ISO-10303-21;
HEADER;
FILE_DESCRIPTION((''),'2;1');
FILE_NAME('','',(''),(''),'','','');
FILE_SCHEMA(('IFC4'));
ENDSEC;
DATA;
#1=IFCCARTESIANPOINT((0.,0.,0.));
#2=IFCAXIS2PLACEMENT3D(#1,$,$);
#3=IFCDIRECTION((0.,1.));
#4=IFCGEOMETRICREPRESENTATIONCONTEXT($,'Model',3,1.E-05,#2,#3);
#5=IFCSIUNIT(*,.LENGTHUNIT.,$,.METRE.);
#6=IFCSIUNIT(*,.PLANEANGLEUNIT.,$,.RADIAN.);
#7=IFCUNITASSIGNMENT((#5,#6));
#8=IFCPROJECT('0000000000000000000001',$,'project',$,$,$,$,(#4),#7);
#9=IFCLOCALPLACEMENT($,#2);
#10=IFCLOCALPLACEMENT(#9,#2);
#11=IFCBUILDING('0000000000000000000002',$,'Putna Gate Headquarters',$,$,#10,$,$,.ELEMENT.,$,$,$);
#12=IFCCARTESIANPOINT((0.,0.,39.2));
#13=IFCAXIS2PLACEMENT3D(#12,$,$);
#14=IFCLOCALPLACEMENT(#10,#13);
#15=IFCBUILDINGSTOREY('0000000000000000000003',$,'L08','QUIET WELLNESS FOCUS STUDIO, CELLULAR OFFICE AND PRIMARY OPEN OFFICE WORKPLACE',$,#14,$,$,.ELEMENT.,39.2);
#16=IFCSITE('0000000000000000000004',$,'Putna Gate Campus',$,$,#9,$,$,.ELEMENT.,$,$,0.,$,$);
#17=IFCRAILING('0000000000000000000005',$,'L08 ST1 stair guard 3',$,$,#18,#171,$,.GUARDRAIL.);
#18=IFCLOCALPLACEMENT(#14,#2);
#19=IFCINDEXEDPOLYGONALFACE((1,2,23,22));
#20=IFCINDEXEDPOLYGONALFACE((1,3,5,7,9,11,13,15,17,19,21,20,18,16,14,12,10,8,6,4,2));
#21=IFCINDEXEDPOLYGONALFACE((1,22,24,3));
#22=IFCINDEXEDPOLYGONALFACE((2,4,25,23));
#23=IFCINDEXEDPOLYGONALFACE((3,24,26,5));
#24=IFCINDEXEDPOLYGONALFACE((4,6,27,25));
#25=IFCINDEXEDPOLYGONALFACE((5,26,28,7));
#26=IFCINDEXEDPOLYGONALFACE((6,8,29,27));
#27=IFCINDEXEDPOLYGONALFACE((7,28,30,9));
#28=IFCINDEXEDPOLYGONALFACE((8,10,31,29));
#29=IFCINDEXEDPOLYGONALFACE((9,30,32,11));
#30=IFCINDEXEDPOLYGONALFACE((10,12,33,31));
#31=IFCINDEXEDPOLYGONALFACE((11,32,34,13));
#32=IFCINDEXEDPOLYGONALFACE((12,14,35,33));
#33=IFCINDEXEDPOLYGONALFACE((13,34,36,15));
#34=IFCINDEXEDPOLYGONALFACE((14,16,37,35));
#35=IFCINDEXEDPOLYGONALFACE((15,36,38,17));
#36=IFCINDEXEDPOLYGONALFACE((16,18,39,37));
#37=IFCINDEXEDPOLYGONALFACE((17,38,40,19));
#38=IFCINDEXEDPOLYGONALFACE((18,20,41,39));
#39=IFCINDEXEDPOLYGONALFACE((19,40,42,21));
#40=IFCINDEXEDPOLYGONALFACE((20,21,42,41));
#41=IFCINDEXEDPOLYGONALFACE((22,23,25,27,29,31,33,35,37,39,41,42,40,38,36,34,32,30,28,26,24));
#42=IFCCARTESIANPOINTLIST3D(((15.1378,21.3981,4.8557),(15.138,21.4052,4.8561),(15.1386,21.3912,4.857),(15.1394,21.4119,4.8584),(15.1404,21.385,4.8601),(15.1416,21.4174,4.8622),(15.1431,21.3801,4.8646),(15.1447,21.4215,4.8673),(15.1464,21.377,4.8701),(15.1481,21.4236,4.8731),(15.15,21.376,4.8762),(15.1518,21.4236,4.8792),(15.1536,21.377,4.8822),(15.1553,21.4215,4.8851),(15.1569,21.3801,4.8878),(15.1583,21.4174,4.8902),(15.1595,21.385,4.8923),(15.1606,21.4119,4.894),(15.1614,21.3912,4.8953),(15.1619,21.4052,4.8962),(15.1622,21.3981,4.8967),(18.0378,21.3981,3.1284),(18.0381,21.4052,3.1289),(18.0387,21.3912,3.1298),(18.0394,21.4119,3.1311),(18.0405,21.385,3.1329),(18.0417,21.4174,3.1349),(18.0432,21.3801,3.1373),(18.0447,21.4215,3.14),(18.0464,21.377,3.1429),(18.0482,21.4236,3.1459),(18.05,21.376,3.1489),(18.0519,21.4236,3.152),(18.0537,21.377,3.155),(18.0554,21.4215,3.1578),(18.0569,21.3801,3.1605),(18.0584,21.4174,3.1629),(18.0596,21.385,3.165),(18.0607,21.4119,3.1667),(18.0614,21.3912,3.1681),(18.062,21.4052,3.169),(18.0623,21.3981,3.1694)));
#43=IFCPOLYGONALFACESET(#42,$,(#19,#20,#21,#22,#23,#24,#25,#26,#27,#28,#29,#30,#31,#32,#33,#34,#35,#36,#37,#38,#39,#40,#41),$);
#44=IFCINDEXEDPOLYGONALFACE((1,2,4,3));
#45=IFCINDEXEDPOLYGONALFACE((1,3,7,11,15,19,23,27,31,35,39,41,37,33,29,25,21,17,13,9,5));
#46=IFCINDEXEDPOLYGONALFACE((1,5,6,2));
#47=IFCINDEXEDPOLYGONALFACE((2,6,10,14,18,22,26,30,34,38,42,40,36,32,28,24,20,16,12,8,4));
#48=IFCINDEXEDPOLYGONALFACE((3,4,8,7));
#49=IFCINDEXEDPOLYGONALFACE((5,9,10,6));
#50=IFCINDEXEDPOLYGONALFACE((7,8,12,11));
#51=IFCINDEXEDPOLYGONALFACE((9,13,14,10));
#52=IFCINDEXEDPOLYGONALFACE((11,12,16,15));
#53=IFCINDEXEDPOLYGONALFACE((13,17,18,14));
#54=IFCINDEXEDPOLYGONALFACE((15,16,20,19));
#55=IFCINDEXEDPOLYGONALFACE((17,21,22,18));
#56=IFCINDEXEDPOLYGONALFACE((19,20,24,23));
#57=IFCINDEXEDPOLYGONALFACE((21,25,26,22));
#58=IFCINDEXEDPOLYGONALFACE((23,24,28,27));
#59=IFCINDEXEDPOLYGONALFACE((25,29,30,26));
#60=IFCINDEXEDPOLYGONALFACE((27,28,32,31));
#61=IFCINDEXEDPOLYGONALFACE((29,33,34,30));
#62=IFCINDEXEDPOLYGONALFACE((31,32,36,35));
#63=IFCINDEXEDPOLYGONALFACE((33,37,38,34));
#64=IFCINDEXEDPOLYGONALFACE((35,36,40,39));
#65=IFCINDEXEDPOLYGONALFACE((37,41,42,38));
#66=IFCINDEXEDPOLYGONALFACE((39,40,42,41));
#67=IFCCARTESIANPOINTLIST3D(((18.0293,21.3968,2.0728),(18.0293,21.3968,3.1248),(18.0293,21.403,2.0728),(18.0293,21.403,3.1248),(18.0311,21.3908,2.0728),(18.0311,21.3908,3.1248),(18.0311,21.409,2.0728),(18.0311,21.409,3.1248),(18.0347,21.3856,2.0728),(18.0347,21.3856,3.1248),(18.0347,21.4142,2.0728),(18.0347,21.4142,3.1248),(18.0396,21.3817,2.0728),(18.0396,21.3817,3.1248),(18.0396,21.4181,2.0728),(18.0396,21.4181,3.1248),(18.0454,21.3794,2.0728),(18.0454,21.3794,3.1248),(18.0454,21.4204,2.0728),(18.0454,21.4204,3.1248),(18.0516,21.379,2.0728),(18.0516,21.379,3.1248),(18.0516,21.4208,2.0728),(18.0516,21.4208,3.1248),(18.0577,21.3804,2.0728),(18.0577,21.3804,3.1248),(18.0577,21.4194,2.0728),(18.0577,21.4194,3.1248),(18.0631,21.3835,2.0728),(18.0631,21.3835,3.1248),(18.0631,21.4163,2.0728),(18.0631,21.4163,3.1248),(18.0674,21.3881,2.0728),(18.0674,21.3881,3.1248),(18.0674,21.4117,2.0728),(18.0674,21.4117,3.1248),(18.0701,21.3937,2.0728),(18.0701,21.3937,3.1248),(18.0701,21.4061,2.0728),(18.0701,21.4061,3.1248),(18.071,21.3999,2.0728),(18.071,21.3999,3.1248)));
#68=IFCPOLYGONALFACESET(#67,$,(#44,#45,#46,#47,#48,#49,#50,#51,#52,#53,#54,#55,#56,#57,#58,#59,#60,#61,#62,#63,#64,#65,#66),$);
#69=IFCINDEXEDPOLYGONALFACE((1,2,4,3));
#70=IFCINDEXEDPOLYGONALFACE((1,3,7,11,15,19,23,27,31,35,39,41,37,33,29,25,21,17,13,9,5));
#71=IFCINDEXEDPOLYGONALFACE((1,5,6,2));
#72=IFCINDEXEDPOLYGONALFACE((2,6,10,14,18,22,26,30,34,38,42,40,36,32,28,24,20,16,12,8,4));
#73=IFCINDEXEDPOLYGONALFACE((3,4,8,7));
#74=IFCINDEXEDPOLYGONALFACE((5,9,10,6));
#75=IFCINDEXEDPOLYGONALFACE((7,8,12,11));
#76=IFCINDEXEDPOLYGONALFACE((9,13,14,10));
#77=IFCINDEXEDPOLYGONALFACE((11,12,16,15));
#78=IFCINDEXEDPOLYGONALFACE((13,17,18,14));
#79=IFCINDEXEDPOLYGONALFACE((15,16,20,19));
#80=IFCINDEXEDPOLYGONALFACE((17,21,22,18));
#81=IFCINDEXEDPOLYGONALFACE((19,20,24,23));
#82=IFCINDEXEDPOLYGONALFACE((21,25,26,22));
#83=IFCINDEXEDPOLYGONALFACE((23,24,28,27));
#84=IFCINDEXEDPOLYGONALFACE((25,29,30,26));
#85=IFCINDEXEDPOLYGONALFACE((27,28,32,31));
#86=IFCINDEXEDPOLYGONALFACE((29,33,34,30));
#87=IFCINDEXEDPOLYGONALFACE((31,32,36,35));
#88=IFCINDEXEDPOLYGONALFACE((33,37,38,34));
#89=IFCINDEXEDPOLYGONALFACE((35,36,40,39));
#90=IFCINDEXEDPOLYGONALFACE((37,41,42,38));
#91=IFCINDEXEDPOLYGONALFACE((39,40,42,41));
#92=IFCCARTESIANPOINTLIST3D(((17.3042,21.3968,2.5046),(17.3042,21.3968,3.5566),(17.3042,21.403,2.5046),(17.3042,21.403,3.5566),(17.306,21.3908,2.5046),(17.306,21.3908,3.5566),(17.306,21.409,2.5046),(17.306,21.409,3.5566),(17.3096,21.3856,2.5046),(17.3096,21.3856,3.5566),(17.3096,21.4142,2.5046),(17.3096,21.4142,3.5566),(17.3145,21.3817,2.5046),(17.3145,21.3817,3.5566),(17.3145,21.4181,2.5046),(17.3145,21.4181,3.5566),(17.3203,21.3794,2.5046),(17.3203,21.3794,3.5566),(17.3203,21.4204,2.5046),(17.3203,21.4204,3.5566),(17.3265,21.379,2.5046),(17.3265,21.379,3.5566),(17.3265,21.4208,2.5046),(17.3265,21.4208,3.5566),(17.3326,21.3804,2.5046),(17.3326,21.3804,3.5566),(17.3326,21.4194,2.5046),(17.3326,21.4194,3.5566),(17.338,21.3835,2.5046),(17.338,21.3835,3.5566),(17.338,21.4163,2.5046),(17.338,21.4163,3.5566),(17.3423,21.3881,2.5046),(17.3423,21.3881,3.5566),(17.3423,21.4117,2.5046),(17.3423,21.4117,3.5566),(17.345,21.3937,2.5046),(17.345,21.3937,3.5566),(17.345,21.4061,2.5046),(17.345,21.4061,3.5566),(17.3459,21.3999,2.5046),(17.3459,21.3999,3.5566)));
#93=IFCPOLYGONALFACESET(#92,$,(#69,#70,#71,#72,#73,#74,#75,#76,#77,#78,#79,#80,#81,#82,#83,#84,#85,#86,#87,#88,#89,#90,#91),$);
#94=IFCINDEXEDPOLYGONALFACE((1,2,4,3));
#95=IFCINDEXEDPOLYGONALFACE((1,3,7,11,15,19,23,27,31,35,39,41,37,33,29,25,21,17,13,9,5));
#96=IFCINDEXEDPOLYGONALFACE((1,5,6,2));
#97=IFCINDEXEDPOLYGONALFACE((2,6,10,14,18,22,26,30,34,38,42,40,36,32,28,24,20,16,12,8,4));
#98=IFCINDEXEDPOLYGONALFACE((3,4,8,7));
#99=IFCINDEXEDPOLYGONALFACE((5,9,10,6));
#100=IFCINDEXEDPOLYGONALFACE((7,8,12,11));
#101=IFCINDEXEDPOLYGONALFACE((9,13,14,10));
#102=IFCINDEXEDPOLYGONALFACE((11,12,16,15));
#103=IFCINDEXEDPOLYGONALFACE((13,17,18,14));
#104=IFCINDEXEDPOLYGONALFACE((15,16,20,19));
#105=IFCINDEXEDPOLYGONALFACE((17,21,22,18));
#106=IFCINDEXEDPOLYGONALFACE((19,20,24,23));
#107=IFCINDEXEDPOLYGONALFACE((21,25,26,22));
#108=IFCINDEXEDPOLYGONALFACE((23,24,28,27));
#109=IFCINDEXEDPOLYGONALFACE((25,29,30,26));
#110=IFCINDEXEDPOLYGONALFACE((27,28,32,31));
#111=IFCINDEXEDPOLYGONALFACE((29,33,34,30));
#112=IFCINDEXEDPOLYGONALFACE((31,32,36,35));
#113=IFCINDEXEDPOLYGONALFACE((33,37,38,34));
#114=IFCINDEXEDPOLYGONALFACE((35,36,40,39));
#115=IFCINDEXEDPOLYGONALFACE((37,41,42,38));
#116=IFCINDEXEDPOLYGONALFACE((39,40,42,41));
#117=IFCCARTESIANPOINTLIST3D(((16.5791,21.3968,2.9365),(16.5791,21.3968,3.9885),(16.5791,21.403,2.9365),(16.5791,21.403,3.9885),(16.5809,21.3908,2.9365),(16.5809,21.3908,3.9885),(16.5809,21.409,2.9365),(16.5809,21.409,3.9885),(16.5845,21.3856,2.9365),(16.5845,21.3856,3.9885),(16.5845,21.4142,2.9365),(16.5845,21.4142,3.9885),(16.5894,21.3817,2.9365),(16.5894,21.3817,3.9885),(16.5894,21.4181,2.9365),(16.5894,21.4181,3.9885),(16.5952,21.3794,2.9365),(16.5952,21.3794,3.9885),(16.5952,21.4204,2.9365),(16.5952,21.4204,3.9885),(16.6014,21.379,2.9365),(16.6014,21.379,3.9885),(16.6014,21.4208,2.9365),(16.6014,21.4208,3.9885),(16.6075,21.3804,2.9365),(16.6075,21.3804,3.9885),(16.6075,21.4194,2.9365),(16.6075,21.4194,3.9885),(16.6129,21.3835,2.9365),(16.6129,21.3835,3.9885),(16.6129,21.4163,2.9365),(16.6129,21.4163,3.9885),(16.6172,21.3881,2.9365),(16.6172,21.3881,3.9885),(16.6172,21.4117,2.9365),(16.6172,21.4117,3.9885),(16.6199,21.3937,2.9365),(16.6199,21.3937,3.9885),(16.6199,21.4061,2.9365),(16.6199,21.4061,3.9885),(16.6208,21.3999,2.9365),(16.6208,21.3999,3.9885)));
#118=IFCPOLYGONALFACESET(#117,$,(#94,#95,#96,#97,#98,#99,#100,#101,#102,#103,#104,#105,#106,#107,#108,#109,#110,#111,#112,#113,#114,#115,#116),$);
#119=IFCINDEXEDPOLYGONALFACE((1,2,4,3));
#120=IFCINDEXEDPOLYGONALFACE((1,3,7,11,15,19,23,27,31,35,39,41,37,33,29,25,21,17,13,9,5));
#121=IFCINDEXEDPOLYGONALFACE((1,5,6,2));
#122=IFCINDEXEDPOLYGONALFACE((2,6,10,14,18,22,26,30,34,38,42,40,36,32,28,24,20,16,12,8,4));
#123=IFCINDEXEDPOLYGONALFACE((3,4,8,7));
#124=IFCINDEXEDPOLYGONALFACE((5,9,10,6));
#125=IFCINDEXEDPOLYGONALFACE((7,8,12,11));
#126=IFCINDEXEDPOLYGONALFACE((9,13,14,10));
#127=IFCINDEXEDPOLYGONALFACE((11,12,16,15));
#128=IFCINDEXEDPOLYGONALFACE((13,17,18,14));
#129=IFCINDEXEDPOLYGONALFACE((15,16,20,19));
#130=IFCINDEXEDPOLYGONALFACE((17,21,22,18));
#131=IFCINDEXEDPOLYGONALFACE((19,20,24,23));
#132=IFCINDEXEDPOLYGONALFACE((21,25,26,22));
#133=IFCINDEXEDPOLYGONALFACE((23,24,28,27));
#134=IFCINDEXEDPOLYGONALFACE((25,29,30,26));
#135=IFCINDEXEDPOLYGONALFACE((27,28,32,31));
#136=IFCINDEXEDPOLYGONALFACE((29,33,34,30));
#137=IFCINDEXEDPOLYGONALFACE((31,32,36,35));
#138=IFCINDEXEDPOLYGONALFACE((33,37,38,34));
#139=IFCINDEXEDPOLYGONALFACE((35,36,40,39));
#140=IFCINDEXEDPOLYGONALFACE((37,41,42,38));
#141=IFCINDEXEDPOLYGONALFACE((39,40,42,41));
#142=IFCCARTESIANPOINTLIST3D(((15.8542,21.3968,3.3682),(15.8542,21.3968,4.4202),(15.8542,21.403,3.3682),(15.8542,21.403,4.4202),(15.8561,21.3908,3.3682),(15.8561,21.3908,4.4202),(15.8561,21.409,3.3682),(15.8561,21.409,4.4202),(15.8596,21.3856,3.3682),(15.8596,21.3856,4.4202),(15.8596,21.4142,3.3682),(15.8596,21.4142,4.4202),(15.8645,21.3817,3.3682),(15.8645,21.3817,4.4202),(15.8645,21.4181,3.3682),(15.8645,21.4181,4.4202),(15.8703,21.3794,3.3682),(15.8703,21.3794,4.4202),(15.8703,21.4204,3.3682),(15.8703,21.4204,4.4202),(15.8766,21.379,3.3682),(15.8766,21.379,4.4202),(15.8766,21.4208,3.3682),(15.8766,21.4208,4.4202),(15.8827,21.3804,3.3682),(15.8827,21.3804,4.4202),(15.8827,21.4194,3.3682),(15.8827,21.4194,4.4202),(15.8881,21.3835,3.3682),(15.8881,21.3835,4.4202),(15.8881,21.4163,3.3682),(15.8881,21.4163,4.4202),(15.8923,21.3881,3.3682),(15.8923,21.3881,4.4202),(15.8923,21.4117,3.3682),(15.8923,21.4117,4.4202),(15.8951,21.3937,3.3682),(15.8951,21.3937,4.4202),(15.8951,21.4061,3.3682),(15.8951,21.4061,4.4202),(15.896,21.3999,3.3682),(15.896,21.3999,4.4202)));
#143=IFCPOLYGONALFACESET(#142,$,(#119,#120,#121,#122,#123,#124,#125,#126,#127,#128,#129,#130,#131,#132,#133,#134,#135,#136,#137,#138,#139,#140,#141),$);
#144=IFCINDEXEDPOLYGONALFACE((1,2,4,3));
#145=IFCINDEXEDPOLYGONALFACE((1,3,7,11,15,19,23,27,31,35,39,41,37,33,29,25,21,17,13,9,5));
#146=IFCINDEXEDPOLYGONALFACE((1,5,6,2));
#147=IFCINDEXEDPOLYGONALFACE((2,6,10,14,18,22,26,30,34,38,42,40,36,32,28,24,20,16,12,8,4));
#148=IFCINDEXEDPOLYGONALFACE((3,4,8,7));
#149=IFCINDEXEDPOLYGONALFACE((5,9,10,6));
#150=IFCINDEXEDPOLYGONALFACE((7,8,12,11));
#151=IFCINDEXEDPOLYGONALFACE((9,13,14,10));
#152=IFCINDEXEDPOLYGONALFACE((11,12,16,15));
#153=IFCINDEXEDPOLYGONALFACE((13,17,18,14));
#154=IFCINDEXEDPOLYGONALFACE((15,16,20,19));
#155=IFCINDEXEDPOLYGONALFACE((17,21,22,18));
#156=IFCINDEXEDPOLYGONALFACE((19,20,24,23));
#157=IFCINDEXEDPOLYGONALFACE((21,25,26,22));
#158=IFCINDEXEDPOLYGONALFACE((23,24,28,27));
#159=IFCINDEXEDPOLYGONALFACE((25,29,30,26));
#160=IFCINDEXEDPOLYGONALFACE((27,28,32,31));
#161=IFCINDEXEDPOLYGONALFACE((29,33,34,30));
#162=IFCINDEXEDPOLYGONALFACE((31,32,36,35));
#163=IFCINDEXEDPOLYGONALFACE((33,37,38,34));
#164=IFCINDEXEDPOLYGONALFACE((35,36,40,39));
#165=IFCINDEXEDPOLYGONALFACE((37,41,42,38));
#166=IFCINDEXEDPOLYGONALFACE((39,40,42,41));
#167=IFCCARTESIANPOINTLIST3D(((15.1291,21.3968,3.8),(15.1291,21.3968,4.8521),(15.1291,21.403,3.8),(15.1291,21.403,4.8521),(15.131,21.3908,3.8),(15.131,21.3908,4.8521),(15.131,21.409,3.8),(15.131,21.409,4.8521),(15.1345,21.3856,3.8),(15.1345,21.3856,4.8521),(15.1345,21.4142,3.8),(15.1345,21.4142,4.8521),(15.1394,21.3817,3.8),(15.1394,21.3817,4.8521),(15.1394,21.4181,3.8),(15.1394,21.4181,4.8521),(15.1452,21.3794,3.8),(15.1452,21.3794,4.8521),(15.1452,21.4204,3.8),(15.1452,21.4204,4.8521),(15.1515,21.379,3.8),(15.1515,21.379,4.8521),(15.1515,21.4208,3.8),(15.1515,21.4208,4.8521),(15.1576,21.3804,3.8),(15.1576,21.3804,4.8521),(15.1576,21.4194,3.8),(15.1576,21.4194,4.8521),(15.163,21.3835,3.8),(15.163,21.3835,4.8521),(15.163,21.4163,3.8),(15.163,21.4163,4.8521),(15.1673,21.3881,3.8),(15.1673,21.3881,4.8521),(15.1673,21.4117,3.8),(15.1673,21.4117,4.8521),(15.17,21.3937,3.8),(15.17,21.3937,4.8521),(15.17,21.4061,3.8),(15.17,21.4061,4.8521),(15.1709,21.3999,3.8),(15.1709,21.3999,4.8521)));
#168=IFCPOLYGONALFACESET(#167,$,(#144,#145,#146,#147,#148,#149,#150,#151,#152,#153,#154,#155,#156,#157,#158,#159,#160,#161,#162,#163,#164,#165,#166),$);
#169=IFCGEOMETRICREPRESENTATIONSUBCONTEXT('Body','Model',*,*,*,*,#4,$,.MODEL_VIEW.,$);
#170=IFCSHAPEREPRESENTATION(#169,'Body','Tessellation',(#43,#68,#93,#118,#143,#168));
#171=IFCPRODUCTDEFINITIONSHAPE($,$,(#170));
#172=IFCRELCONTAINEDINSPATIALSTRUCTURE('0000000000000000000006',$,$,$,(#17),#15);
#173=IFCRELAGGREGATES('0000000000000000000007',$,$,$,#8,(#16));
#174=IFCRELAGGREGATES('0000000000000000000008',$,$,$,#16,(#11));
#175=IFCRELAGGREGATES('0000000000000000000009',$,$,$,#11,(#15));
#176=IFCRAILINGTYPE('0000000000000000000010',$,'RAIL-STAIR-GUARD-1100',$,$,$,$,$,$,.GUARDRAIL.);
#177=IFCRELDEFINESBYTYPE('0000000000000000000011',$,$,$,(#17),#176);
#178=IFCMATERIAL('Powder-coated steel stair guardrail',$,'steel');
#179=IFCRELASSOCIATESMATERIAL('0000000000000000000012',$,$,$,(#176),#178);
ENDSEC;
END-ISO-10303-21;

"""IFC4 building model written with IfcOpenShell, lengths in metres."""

from ifc_helpers import new_model, si_unit, direction, frame, origin, origin_2d, place, context, subcontext, project, spatial, circle, extrude, material, type_object, element, save


model = new_model("IFC4")

# Units and contexts
model_context = context("Model", 3, precision=1e-05, world=origin(), true_north=direction((0.0, 1.0)))
body_context = subcontext(model_context, "Body", "Model", "MODEL_VIEW")
ifc_project = project(units=[si_unit("LENGTHUNIT", "METRE"), si_unit("PLANEANGLEUNIT", "RADIAN")], contexts=[model_context])

# Site, building, storey
site_placement = place(None, origin())
site = spatial("IfcSite", under=ifc_project, at=site_placement, Name="Putna Gate Campus", CompositionType="ELEMENT", RefElevation=0.0)
building_placement = place(site_placement, origin())
building = spatial("IfcBuilding", under=site, at=building_placement, Name="Putna Gate Headquarters", CompositionType="ELEMENT")
storey_placement = place(building_placement, frame((0.0, 0.0, 39.2)))
storey = spatial("IfcBuildingStorey", under=building, at=storey_placement, Name="L08", Description="QUIET WELLNESS FOCUS STUDIO, CELLULAR OFFICE AND PRIMARY OPEN OFFICE WORKPLACE", CompositionType="ELEMENT", Elevation=39.2)

# Railing
ifc_material_1 = material(Name="Powder-coated steel stair guardrail", Category="steel")
railing_type_1 = type_object("IfcRailingType", Name="RAIL-STAIR-GUARD-1100", PredefinedType="GUARDRAIL", material=ifc_material_1)
railing_1_placement = place(storey_placement, frame((18.05, 21.3999, 2.0728)))
element("IfcRailing", 1, at=railing_1_placement, inside=storey, type_object=railing_type_1, Name="L08 ST1 stair guard 3", PredefinedType="GUARDRAIL", context=body_context, shape_type="SweptSolid", body=[
    extrude(circle(Radius=0.0239, at=origin_2d()), frame((0.0, 0.0, 1.0762), z_axis=(-0.85916, 0.0, 0.511706), x_axis=(0.0, -1.0, 0.0)), (0.0, 0.0, 1.0), 3.3755),
    extrude(circle(Radius=0.021, at=origin_2d()), origin(), (0.0, 0.0, 1.0), 1.052),
    extrude(circle(Radius=0.021, at=origin_2d()), frame((-0.7251, 0.0, 0.4319)), (0.0, 0.0, 1.0), 1.052),
    extrude(circle(Radius=0.021, at=origin_2d()), frame((-1.4502, 0.0, 0.8638)), (0.0, 0.0, 1.0), 1.052),
    extrude(circle(Radius=0.021, at=origin_2d()), frame((-2.175, 0.0, 1.2954)), (0.0, 0.0, 1.0), 1.052),
    extrude(circle(Radius=0.021, at=origin_2d()), frame((-2.9001, 0.0, 1.7273)), (0.0, 0.0, 1.0), 1.052),
])

save(model, "model.ifc")
